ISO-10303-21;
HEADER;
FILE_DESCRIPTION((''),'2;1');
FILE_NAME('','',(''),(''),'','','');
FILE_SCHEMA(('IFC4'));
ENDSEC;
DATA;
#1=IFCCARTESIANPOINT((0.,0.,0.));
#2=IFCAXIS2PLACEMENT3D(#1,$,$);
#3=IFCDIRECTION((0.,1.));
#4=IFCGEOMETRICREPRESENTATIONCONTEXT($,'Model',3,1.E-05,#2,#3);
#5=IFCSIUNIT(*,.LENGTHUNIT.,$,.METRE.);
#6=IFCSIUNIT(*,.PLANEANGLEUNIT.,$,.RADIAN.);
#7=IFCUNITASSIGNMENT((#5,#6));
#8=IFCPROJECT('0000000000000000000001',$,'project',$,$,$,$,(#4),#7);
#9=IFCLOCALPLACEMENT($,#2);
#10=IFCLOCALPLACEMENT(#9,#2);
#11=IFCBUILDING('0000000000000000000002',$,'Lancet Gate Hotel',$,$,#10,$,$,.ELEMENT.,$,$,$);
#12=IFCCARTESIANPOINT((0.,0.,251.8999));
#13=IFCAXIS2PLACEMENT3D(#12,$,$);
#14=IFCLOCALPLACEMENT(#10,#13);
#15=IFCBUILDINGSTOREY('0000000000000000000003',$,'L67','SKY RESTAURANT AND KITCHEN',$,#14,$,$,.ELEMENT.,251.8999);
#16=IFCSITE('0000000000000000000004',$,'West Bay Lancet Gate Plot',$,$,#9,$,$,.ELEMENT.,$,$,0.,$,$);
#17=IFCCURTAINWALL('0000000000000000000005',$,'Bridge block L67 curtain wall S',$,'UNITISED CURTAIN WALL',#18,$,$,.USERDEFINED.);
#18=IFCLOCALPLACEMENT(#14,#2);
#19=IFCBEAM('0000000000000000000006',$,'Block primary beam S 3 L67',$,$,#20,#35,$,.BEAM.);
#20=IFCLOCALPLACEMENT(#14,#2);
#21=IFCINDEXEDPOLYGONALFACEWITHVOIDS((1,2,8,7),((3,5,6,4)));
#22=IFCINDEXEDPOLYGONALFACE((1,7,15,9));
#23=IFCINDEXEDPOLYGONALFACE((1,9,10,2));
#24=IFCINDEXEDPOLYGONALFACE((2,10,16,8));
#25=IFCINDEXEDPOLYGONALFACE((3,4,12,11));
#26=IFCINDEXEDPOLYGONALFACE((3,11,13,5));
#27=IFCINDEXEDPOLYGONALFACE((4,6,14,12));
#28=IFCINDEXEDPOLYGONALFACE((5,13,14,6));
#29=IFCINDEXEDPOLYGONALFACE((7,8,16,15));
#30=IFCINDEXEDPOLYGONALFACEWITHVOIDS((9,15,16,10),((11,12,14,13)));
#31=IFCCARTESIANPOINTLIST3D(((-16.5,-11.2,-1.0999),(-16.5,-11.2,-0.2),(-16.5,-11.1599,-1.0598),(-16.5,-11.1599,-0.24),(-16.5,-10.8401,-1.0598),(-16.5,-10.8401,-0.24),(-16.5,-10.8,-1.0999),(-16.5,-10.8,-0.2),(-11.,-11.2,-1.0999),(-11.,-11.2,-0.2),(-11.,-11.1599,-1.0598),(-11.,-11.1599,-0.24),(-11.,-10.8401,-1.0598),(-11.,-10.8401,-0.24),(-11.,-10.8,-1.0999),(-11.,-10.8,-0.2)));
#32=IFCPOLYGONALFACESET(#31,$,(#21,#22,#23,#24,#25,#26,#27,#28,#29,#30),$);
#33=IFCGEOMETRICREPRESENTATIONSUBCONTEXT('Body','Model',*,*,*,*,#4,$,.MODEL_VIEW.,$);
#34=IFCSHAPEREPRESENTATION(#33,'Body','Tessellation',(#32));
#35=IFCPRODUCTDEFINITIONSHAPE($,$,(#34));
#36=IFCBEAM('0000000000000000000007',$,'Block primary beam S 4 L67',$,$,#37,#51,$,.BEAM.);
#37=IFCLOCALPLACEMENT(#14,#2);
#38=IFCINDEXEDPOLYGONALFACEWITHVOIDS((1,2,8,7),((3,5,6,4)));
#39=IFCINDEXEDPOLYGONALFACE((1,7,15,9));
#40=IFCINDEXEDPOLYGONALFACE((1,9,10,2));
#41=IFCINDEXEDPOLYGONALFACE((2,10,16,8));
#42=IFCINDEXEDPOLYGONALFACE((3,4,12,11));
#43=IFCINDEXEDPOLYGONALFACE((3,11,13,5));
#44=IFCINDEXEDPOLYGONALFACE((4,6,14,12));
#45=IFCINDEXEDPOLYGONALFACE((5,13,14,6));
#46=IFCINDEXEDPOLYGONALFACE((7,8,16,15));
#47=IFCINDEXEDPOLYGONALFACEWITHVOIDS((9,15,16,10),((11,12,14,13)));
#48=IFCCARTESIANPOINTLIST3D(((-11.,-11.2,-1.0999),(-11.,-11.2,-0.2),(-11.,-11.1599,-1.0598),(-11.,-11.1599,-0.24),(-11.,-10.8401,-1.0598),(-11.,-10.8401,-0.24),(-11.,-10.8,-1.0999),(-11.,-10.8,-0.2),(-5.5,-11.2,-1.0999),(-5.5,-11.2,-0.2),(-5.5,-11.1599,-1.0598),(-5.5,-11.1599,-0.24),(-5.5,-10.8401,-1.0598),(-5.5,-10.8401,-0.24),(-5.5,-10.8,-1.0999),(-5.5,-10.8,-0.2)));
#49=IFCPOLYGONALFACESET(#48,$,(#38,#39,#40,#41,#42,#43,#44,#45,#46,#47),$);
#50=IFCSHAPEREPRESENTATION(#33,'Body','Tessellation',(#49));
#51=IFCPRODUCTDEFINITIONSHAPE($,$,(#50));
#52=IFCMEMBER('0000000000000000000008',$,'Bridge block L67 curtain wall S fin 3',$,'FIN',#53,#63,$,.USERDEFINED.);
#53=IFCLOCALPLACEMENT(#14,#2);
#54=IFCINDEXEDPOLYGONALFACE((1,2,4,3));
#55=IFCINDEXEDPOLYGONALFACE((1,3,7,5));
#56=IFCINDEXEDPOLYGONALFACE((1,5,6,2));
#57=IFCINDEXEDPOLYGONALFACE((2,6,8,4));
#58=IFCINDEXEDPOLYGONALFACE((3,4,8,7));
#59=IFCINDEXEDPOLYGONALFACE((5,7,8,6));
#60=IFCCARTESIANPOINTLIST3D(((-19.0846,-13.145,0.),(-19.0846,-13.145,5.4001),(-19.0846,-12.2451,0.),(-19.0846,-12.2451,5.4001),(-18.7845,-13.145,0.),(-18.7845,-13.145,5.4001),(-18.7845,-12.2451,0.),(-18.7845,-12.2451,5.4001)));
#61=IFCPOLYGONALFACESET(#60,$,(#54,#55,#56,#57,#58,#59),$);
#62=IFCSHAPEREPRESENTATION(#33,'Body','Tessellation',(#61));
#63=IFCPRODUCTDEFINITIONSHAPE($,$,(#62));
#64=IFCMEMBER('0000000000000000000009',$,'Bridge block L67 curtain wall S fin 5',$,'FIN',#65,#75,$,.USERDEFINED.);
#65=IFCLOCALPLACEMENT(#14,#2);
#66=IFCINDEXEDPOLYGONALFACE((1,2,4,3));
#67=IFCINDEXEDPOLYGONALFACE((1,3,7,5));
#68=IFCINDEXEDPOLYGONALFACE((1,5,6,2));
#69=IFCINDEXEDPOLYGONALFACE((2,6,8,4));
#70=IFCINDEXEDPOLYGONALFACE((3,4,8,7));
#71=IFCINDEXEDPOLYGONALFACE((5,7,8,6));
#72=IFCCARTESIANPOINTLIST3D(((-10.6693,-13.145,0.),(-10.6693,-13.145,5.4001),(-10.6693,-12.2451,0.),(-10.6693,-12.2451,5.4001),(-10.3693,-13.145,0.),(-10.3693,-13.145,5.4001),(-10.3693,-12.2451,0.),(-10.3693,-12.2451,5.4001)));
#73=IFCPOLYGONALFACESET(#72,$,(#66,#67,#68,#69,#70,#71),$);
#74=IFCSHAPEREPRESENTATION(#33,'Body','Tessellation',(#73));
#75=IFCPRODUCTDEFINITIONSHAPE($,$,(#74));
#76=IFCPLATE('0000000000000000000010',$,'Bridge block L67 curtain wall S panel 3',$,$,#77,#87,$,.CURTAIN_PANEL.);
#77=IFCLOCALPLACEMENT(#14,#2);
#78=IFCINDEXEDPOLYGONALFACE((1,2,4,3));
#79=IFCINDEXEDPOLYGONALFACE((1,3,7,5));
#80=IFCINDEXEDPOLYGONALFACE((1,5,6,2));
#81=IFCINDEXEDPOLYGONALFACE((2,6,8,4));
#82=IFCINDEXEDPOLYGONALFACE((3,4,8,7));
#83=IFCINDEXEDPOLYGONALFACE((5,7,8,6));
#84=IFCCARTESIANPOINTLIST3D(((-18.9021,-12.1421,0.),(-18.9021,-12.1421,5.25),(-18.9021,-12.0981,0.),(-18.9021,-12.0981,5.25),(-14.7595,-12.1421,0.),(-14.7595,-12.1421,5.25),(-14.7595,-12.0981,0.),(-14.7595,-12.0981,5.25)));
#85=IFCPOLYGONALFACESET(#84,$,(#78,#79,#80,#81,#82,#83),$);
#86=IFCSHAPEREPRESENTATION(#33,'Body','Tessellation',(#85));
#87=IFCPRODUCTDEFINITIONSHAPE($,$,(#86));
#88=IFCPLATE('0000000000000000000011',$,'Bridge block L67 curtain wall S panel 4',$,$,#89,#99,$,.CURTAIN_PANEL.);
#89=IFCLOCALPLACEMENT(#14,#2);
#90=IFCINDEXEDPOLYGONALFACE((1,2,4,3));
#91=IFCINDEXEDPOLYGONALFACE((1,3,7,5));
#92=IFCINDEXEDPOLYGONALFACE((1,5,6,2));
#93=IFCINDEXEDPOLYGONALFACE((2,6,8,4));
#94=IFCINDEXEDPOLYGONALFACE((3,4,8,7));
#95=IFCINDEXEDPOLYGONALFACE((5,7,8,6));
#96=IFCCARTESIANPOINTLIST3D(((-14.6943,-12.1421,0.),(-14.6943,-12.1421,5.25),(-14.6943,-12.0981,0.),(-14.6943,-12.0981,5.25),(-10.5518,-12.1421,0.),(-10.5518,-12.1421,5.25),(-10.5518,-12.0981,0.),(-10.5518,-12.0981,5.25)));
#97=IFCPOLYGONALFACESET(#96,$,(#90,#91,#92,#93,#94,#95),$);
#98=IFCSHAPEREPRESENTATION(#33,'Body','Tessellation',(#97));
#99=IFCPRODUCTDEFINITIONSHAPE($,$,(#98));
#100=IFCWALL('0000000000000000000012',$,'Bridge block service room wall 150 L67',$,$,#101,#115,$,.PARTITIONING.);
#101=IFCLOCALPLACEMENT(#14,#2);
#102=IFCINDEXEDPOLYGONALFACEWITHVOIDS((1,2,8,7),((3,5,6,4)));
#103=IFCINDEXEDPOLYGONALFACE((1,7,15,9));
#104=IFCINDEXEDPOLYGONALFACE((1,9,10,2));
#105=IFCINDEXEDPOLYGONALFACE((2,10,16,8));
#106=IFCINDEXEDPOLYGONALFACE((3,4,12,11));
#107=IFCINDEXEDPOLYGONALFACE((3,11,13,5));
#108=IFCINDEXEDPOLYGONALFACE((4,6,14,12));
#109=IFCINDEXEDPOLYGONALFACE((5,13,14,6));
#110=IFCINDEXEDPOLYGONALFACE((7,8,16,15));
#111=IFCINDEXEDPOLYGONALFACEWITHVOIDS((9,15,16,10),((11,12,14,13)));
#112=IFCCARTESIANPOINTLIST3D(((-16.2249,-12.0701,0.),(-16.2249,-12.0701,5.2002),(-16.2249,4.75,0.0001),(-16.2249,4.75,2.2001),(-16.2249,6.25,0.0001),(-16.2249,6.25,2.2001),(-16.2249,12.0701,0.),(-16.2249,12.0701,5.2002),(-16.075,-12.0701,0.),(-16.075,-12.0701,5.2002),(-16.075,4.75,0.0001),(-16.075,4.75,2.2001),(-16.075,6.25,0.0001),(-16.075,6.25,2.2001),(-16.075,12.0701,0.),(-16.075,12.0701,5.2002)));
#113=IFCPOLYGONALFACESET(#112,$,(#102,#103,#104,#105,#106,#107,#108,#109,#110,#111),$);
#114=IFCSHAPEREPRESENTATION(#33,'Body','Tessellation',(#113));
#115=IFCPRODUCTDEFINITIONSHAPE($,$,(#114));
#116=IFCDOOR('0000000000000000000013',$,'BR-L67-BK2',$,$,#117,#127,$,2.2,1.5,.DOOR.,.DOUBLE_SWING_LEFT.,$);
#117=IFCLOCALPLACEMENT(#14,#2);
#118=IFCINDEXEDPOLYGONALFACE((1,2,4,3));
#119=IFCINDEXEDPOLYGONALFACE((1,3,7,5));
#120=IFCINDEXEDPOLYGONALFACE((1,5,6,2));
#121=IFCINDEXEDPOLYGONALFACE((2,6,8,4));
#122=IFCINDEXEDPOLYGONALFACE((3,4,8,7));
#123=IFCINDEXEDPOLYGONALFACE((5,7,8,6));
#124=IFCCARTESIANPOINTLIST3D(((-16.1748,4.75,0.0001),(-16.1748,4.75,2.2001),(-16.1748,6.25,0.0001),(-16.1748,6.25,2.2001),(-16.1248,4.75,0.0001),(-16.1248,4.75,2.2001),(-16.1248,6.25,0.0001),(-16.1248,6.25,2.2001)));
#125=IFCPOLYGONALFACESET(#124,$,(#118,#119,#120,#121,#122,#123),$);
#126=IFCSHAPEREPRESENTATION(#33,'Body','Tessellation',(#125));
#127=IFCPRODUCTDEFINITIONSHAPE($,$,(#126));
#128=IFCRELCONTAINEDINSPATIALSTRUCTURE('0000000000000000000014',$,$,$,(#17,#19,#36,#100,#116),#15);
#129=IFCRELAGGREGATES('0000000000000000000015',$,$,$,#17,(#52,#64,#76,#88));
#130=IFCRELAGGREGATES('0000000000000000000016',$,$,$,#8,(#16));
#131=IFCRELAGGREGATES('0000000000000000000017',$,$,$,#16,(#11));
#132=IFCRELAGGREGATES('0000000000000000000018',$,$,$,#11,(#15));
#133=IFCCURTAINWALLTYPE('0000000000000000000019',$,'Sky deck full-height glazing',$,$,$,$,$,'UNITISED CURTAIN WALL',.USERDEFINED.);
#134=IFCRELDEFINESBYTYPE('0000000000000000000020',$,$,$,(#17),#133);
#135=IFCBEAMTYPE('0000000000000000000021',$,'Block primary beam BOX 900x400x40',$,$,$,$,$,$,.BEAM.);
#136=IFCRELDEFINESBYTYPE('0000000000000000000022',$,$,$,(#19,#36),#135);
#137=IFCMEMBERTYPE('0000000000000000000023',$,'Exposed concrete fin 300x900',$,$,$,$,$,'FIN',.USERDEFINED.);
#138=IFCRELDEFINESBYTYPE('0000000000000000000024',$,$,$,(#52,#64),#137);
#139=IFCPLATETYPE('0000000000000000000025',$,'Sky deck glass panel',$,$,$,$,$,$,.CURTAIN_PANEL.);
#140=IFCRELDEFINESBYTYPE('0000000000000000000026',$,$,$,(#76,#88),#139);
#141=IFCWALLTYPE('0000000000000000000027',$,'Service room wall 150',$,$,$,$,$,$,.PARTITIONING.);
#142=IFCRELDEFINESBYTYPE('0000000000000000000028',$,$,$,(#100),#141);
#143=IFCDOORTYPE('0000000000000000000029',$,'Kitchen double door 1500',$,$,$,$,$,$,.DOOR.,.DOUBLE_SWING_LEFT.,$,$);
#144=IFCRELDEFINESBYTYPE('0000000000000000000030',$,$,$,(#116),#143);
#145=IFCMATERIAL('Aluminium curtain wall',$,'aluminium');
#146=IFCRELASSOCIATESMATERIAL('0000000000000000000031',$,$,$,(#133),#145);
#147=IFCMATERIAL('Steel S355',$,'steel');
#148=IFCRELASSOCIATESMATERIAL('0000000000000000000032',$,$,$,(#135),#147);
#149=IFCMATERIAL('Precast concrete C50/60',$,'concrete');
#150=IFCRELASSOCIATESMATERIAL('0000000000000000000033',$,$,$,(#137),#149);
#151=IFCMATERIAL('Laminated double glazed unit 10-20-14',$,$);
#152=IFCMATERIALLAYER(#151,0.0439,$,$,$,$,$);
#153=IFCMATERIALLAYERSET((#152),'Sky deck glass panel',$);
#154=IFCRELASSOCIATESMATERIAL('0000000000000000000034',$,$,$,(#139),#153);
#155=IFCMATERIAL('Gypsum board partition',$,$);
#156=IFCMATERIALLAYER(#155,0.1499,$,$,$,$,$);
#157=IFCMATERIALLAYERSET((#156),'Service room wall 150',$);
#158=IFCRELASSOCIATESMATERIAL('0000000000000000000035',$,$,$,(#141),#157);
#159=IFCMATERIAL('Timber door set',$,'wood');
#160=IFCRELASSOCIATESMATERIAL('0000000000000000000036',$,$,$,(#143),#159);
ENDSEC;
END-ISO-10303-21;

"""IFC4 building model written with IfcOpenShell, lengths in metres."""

from ifc_helpers import new_model, si_unit, direction, frame, frame_2d, origin, origin_2d, place, context, subcontext, project, spatial, rectangle, hollow_rectangle, extrude, material, layer, layer_set, material_profile, profile_set, type_object, element, fill, aggregate, save


model = new_model("IFC4")

# Units and contexts
model_context = context("Model", 3, precision=1e-05, world=origin(), true_north=direction((0.0, 1.0)))
body_context = subcontext(model_context, "Body", "Model", "MODEL_VIEW")
ifc_project = project(units=[si_unit("LENGTHUNIT", "METRE"), si_unit("PLANEANGLEUNIT", "RADIAN")], contexts=[model_context])

# Site, building, storey
site_placement = place(None, origin())
site = spatial("IfcSite", under=ifc_project, at=site_placement, Name="West Bay Lancet Gate Plot", CompositionType="ELEMENT", RefElevation=0.0)
building_placement = place(site_placement, origin())
building = spatial("IfcBuilding", under=site, at=building_placement, Name="Lancet Gate Hotel", CompositionType="ELEMENT")
storey_placement = place(building_placement, frame((0.0, 0.0, 251.8999)))
storey = spatial("IfcBuildingStorey", under=building, at=storey_placement, Name="L67", Description="SKY RESTAURANT AND KITCHEN", CompositionType="ELEMENT", Elevation=251.8999)

# Curtain wall
ifc_material_1 = material(Name="Aluminium curtain wall", Category="aluminium")
curtain_wall_type = type_object("IfcCurtainWallType", Name="Sky deck full-height glazing", ElementType="UNITISED CURTAIN WALL", PredefinedType="USERDEFINED", material=ifc_material_1)
curtain_wall_placement = place(storey_placement, origin())
curtain_wall = element("IfcCurtainWall", 1, at=curtain_wall_placement, inside=storey, type_object=curtain_wall_type, Name="Bridge block L67 curtain wall S", ObjectType="UNITISED CURTAIN WALL", PredefinedType="USERDEFINED")

# Beams
ifc_material_2 = material(Name="Steel S355", Category="steel")
ifc_material_profile_1 = material_profile(ifc_material_2, hollow_rectangle(XDim=0.3999, YDim=0.8999, WallThickness=0.04, at=origin_2d()), Name="BOX 900x400x40")
ifc_profile_set_1 = profile_set([ifc_material_profile_1], Name="Steel S355")
beam_type_1 = type_object("IfcBeamType", Name="Block primary beam BOX 900x400x40", PredefinedType="BEAM", material=ifc_profile_set_1)
for number, where, z_axis, x_axis, name in (
    (2, (-16.5, -11.0, -0.6499), (1.0, 0.0, 0.0), (0.0, 1.0, 0.0), "Block primary beam S 3 L67"),
    (3, (-11.0, -11.0, -0.6499), (1.0, 0.0, 0.0), (0.0, 1.0, 0.0), "Block primary beam S 4 L67"),
):
    element("IfcBeam", number, at=place(storey_placement, frame(where, z_axis=z_axis, x_axis=x_axis)), inside=storey, type_object=beam_type_1, Name=name, PredefinedType="BEAM", context=body_context, shape_type="SweptSolid", body=[
        extrude(hollow_rectangle(XDim=0.3999, YDim=0.8999, WallThickness=0.04, at=origin_2d()), origin(), (0.0, 0.0, 1.0), 5.5),
    ])

# Members
ifc_material_3 = material(Name="Precast concrete C50/60", Category="concrete")
ifc_material_profile_2 = material_profile(ifc_material_3, rectangle(XDim=0.3, YDim=0.8999, at=origin_2d()), Name="FIN 300x900")
ifc_profile_set_2 = profile_set([ifc_material_profile_2], Name="Precast concrete C50/60")
member_type_1 = type_object("IfcMemberType", Name="Exposed concrete fin 300x900", ElementType="FIN", PredefinedType="USERDEFINED", material=ifc_profile_set_2)
member_1_placement = place(storey_placement, frame((-18.9346, -12.6951, 0.0), z_axis=(0.0, 0.0, 1.0), x_axis=(1.0, 0.0, 0.0)))
member_1 = element("IfcMember", 4, at=member_1_placement, type_object=member_type_1, Name="Bridge block L67 curtain wall S fin 3", ObjectType="FIN", PredefinedType="USERDEFINED", context=body_context, shape_type="SweptSolid", body=[
    extrude(rectangle(XDim=0.3, YDim=0.8999, at=origin_2d()), origin(), (0.0, 0.0, 1.0), 5.4001),
])
member_2_placement = place(storey_placement, frame((-10.5193, -12.6951, 0.0), z_axis=(0.0, 0.0, 1.0), x_axis=(1.0, 0.0, 0.0)))
member_2 = element("IfcMember", 5, at=member_2_placement, type_object=member_type_1, Name="Bridge block L67 curtain wall S fin 5", ObjectType="FIN", PredefinedType="USERDEFINED", context=body_context, shape_type="SweptSolid", body=[
    extrude(rectangle(XDim=0.3, YDim=0.8999, at=origin_2d()), origin(), (0.0, 0.0, 1.0), 5.4001),
])

# Plates
ifc_material_4 = material(Name="Laminated double glazed unit 10-20-14")
ifc_layer_1 = layer(ifc_material_4, 0.0439)
ifc_layer_set_1 = layer_set([ifc_layer_1], Name="Sky deck glass panel")
plate_type = type_object("IfcPlateType", Name="Sky deck glass panel", PredefinedType="CURTAIN_PANEL", material=ifc_layer_set_1)
plate_1_placement = place(storey_placement, frame((-16.8308, -12.1201, 0.0), z_axis=(0.0, 0.0, 1.0), x_axis=(1.0, 0.0, 0.0)))
plate_1 = element("IfcPlate", 6, at=plate_1_placement, type_object=plate_type, Name="Bridge block L67 curtain wall S panel 3", PredefinedType="CURTAIN_PANEL", context=body_context, shape_type="SweptSolid", body=[
    extrude(rectangle(XDim=4.1426, YDim=0.0439, at=origin_2d()), origin(), (0.0, 0.0, 1.0), 5.25),
])
plate_2_placement = place(storey_placement, frame((-12.623, -12.1201, 0.0), z_axis=(0.0, 0.0, 1.0), x_axis=(1.0, 0.0, 0.0)))
plate_2 = element("IfcPlate", 7, at=plate_2_placement, type_object=plate_type, Name="Bridge block L67 curtain wall S panel 4", PredefinedType="CURTAIN_PANEL", context=body_context, shape_type="SweptSolid", body=[
    extrude(rectangle(XDim=4.1426, YDim=0.0439, at=origin_2d()), origin(), (0.0, 0.0, 1.0), 5.25),
])
aggregate(curtain_wall, [member_1, member_2, plate_1, plate_2])

# Wall, opening, door
ifc_material_5 = material(Name="Gypsum board partition")
ifc_layer_2 = layer(ifc_material_5, 0.1499)
ifc_layer_set_2 = layer_set([ifc_layer_2], Name="Service room wall 150")
wall_type = type_object("IfcWallType", Name="Service room wall 150", PredefinedType="PARTITIONING", material=ifc_layer_set_2)
wall_placement = place(storey_placement, frame((-16.1499, -12.0701, 0.0), z_axis=(0.0, 0.0, 1.0), x_axis=(0.0, 1.0, 0.0)))
wall = element("IfcWall", 8, at=wall_placement, inside=storey, type_object=wall_type, Name="Bridge block service room wall 150 L67", PredefinedType="PARTITIONING", context=body_context, shape_type="SweptSolid", body=[
    extrude(rectangle(XDim=24.1401, YDim=0.1499, at=frame_2d((12.0701, 0.0))), origin(), (0.0, 0.0, 1.0), 5.2002),
])
opening_placement = place(wall_placement, frame((16.8201, 0.0, 0.0)))
opening = element("IfcOpeningElement", 9, at=opening_placement, cuts=wall, PredefinedType="OPENING", context=body_context, shape_type="SweptSolid", body=[
    extrude(rectangle(XDim=1.5, YDim=2.2, at=frame_2d((0.75, 1.1001))), frame((0.0, 0.085, 0.0), z_axis=(0.0, -1.0, 0.0), x_axis=(1.0, 0.0, 0.0)), (0.0, 0.0, 1.0), 0.1699),
])
ifc_material_6 = material(Name="Timber door set", Category="wood")
door_type = type_object("IfcDoorType", Name="Kitchen double door 1500", OperationType="DOUBLE_SWING_LEFT", PredefinedType="DOOR", material=ifc_material_6)
door_placement = place(opening_placement, origin())
door = element("IfcDoor", 10, at=door_placement, inside=storey, type_object=door_type, Name="BR-L67-BK2", OperationType="DOUBLE_SWING_LEFT", OverallHeight=2.2, OverallWidth=1.5, PredefinedType="DOOR", context=body_context, shape_type="SweptSolid", body=[
    extrude(rectangle(XDim=1.5, YDim=2.2, at=frame_2d((0.75, 1.1001))), frame((0.0, 0.0249, 0.0), z_axis=(0.0, -1.0, 0.0), x_axis=(1.0, 0.0, 0.0)), (0.0, 0.0, 1.0), 0.05),
])
fill(opening, door)

save(model, "model.ifc")
